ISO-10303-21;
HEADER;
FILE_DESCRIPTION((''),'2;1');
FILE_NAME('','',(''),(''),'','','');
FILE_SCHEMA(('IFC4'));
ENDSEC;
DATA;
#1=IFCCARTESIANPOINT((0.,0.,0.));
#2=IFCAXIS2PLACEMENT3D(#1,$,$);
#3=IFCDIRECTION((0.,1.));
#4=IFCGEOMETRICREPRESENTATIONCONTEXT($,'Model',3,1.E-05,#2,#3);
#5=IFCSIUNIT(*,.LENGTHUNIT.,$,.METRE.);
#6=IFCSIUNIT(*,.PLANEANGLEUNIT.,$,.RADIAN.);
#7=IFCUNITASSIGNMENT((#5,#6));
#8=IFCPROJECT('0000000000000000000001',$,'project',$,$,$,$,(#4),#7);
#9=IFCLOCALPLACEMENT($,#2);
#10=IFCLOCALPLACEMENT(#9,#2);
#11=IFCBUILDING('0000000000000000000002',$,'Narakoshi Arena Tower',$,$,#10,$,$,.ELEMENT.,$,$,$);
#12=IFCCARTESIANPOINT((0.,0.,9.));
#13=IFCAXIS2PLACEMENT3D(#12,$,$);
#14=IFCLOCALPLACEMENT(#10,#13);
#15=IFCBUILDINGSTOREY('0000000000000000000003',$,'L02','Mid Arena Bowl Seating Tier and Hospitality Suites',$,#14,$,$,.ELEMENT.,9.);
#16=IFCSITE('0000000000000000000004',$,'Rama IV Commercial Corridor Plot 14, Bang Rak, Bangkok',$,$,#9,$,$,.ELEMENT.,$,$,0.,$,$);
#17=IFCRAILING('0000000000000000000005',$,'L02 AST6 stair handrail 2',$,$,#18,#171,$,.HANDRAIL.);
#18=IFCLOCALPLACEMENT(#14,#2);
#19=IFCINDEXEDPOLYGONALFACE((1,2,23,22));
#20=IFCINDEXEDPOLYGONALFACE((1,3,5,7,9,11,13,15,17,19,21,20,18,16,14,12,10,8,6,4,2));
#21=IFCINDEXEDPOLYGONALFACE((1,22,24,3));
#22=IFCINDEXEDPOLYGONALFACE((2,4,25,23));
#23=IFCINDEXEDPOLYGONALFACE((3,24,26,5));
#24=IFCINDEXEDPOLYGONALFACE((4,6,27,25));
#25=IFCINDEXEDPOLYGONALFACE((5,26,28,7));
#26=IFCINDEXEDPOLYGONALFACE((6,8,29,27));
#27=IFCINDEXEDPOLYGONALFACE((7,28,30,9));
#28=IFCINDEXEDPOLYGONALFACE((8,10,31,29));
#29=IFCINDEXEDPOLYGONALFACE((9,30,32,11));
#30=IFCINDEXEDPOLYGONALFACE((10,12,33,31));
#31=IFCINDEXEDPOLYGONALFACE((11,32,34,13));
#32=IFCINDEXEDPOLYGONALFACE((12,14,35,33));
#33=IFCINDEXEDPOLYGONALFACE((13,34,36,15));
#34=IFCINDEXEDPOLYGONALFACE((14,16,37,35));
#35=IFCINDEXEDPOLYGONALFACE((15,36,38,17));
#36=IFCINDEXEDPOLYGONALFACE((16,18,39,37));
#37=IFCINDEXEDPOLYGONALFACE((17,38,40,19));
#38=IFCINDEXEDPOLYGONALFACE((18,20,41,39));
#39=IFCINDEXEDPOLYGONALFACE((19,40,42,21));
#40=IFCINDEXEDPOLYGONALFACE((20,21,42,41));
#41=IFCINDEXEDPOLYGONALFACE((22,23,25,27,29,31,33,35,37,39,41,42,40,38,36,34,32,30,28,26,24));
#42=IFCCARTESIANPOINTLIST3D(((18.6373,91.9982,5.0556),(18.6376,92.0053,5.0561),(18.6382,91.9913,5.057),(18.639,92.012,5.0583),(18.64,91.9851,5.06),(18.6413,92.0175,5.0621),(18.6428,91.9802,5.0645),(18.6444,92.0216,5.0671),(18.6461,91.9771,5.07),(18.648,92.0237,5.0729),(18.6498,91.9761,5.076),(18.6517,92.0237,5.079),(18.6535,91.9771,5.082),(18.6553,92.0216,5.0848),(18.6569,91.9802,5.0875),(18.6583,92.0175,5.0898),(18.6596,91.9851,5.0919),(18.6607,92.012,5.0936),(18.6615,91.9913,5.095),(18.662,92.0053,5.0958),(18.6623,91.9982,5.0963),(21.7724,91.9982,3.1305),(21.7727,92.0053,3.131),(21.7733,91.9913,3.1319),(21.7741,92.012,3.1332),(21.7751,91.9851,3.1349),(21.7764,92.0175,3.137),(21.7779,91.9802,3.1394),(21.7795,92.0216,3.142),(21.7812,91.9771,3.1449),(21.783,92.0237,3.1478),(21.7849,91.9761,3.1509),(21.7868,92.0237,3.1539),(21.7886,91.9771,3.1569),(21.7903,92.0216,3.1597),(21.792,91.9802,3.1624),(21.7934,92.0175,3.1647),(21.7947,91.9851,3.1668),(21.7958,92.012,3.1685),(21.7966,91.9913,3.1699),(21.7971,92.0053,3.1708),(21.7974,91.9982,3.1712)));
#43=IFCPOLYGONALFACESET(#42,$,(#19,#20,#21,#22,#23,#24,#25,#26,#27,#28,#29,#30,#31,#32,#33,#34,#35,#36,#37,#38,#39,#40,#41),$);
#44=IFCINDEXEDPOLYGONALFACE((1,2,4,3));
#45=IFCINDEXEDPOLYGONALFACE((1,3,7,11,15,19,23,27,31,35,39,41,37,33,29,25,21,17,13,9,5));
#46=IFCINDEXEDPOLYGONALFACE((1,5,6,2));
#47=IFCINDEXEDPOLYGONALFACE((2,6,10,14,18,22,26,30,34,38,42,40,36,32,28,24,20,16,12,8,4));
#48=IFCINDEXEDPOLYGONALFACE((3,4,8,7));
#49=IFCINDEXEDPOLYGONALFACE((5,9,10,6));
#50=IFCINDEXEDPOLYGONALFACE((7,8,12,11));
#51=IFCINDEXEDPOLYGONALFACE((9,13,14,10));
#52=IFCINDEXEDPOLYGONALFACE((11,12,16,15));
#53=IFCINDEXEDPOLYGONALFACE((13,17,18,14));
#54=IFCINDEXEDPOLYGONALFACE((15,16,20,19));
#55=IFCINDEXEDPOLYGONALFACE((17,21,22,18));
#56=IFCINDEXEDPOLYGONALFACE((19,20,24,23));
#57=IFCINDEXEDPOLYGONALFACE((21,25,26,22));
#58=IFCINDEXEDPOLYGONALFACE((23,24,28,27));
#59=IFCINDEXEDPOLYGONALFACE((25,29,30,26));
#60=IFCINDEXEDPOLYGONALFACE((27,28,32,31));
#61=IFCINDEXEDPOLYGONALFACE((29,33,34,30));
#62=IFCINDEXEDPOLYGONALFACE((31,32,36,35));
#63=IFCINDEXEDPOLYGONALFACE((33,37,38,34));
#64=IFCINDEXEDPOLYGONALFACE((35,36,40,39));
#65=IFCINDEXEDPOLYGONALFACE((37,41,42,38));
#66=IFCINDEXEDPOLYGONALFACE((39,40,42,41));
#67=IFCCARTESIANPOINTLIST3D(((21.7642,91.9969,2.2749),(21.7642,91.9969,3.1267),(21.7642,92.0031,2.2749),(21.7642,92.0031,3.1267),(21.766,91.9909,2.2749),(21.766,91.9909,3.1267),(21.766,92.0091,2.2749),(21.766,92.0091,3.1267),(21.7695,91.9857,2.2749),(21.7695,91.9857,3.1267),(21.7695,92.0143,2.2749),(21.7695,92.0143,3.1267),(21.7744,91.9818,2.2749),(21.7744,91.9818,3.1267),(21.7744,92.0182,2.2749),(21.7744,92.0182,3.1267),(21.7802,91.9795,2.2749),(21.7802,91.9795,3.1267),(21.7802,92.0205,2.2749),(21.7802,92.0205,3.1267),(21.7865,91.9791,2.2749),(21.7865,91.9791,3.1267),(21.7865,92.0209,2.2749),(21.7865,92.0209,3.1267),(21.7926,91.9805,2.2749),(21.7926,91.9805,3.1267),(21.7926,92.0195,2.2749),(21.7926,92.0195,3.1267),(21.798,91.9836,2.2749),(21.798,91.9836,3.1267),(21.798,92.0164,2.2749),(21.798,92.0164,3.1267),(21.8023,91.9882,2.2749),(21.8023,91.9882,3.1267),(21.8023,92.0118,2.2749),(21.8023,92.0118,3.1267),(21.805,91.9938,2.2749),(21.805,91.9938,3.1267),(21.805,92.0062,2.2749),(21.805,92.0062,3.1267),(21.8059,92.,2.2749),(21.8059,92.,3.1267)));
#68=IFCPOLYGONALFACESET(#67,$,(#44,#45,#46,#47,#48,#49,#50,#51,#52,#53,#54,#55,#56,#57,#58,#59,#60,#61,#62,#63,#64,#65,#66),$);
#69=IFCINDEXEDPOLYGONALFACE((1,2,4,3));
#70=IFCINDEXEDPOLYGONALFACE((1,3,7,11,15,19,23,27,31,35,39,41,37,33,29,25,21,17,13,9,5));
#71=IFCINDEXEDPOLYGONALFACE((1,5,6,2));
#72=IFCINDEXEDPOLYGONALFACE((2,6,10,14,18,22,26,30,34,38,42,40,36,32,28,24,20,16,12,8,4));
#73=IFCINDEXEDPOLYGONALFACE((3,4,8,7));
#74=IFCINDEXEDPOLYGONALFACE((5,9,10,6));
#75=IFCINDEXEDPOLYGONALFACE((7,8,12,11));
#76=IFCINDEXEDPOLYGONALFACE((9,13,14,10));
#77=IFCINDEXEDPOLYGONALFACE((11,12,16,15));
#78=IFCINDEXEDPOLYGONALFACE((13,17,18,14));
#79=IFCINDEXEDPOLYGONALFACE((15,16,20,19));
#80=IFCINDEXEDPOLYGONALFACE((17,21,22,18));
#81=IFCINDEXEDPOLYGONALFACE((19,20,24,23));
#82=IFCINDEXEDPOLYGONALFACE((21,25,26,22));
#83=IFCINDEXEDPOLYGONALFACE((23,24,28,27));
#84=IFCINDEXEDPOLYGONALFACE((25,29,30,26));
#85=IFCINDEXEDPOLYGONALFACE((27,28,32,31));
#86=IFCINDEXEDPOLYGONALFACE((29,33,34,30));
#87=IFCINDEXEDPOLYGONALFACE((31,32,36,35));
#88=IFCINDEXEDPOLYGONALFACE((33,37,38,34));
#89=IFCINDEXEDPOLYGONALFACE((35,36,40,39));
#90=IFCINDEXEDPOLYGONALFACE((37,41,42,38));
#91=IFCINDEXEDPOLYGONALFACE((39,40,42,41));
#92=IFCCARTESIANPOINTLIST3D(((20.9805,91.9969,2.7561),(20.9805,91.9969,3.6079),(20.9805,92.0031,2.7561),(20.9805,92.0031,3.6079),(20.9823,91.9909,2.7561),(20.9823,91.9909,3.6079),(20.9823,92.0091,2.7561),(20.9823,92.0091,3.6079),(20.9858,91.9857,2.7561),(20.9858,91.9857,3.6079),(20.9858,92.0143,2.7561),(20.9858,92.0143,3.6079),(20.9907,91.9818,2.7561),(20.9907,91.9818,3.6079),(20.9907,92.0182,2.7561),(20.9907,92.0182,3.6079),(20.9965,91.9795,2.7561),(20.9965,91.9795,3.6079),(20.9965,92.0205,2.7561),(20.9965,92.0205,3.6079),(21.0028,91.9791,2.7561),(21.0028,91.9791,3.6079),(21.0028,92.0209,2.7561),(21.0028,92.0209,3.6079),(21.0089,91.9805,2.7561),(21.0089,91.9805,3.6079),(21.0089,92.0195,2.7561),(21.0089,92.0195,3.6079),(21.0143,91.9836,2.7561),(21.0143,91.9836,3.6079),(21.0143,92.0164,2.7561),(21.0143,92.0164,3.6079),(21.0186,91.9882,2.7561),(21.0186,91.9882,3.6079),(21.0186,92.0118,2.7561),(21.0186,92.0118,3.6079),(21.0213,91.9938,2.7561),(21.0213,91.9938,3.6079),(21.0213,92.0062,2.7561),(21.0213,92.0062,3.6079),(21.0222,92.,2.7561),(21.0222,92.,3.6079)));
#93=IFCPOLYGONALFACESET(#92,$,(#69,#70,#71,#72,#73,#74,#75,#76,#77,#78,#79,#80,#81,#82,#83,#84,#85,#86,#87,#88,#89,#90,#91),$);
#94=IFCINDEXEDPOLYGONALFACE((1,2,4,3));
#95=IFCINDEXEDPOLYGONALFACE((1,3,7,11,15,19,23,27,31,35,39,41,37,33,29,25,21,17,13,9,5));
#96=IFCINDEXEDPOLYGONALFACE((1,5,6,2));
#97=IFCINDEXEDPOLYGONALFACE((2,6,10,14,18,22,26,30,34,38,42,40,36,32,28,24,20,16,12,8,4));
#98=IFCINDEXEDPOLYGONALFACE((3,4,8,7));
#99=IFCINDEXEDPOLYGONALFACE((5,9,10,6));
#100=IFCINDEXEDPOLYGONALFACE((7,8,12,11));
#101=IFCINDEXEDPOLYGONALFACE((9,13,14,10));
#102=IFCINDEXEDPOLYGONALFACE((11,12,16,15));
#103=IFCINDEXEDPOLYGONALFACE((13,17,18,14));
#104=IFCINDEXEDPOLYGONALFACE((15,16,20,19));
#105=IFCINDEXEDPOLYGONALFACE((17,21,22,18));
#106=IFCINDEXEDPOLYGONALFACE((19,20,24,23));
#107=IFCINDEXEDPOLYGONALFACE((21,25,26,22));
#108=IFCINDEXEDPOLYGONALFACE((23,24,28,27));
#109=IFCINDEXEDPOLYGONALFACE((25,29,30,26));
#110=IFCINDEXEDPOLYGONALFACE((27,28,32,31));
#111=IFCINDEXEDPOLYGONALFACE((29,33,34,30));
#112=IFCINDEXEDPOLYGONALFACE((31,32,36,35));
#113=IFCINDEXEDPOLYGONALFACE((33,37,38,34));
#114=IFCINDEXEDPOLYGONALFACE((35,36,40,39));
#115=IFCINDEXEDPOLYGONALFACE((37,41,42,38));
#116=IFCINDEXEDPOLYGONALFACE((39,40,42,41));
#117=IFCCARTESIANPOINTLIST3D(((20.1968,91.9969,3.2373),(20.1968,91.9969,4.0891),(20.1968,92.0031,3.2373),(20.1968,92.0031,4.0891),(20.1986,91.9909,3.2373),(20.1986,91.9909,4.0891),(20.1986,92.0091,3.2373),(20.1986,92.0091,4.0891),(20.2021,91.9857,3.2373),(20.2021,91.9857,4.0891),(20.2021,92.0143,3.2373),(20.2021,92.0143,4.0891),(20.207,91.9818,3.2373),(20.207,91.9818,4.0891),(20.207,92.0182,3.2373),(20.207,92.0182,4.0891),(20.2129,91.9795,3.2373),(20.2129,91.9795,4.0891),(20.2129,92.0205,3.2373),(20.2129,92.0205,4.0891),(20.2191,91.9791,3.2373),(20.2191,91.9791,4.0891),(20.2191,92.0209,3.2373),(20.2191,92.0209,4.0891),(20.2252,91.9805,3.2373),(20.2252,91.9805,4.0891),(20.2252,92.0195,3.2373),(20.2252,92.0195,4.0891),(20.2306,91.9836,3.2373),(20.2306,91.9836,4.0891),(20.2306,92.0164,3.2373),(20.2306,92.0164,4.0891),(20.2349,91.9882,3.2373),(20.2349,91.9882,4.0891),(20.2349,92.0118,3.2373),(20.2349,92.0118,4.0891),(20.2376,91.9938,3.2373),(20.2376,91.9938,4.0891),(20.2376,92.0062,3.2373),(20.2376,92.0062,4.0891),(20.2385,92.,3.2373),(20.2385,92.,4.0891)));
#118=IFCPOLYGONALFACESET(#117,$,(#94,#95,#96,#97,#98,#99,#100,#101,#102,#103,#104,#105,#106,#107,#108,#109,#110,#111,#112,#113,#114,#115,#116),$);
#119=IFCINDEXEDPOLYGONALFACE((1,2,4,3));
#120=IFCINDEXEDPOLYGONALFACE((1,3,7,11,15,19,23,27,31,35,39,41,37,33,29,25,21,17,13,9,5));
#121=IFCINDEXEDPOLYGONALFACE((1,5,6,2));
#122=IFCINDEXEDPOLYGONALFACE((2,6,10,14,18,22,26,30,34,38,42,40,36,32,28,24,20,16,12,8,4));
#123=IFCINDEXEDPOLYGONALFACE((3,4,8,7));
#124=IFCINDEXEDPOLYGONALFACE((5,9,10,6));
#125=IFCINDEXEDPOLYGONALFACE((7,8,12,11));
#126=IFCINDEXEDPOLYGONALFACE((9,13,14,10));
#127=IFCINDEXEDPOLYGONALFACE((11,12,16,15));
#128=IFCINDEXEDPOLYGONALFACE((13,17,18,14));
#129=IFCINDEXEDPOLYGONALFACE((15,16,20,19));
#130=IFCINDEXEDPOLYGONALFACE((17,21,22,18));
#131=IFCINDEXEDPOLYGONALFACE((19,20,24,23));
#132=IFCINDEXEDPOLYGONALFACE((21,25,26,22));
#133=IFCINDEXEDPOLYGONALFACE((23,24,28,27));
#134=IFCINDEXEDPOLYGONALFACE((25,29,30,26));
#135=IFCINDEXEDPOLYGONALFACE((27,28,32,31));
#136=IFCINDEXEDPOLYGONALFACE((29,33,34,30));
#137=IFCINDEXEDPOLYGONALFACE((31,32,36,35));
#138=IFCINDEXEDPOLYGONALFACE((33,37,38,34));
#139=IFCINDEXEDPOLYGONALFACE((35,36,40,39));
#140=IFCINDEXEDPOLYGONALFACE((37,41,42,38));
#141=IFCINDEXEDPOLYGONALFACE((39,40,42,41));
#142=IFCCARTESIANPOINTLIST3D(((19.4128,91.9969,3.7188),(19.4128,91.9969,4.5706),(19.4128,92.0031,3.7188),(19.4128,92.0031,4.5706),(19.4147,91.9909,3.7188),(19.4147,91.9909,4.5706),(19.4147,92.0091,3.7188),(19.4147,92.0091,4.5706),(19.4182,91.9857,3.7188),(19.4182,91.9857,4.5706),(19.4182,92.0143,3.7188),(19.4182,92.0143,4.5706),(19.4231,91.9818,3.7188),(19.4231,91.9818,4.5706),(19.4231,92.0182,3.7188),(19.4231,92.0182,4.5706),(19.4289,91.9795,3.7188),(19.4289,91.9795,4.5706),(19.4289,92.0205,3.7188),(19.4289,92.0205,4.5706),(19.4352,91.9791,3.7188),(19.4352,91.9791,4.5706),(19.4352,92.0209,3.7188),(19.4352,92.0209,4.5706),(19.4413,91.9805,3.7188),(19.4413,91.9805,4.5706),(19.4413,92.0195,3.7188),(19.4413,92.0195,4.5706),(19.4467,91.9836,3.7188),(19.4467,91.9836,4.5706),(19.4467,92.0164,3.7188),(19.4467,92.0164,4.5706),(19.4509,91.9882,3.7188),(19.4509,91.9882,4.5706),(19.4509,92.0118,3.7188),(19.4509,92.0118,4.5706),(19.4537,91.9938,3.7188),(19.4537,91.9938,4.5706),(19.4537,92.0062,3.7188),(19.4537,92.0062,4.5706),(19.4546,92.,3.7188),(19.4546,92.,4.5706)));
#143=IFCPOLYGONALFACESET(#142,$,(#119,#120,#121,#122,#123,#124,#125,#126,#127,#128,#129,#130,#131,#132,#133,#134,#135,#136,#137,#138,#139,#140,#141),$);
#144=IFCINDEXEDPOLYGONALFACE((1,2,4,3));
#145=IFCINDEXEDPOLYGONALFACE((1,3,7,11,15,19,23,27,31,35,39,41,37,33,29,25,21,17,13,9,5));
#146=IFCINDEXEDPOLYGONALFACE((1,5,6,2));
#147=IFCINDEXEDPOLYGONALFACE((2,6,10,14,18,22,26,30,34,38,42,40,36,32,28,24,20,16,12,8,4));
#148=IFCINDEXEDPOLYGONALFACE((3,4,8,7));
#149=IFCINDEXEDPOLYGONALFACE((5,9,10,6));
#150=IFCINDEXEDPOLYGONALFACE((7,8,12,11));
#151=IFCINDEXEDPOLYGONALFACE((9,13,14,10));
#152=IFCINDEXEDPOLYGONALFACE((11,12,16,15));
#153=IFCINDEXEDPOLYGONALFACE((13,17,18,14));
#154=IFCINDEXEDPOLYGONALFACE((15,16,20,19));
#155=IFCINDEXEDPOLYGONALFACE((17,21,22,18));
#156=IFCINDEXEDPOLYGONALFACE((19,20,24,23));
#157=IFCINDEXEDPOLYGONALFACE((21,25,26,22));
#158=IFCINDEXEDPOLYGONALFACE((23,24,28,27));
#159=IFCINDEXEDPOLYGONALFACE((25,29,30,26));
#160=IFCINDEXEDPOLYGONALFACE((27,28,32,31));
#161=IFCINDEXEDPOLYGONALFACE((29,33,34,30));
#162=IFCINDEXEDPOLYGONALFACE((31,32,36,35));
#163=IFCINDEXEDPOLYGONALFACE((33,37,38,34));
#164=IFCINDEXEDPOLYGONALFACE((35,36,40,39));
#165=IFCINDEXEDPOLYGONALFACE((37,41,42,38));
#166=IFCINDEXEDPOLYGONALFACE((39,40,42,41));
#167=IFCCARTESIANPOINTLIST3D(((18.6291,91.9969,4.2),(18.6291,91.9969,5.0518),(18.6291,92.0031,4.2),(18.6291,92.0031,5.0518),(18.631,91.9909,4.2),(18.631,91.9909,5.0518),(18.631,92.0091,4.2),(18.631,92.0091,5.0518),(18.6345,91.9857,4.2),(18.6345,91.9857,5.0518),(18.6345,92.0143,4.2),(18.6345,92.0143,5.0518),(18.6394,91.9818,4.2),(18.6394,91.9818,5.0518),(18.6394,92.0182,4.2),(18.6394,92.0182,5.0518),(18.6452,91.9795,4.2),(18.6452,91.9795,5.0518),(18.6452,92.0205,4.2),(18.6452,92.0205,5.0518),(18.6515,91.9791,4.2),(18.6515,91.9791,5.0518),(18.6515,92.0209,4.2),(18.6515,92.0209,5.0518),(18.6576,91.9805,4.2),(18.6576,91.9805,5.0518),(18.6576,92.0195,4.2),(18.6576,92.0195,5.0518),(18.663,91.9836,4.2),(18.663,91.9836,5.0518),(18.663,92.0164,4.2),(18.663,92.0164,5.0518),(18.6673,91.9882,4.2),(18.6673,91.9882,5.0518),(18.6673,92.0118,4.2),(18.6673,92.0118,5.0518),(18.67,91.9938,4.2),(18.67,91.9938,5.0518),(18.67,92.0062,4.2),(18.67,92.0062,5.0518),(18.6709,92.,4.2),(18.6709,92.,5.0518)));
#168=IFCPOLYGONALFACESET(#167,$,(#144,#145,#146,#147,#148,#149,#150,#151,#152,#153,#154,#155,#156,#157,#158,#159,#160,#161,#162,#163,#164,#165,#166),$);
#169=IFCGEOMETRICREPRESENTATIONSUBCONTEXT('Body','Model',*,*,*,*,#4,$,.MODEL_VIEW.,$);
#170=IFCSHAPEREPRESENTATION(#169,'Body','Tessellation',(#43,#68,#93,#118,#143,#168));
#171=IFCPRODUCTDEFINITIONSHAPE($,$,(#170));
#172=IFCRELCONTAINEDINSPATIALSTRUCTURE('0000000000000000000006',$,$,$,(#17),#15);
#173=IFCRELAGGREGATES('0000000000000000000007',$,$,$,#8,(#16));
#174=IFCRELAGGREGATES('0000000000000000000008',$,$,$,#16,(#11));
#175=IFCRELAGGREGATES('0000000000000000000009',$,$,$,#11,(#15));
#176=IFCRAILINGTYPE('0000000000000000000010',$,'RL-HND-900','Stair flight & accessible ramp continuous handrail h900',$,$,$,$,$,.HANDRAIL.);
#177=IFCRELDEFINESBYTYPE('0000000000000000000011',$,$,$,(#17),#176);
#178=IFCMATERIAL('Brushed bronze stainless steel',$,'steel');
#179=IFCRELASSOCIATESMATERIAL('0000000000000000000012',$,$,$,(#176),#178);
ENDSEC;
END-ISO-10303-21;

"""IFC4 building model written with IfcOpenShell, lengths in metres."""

from ifc_helpers import new_model, si_unit, direction, frame, origin, origin_2d, place, context, subcontext, project, spatial, circle, extrude, material, type_object, element, save


model = new_model("IFC4")

# Units and contexts
model_context = context("Model", 3, precision=1e-05, world=origin(), true_north=direction((0.0, 1.0)))
body_context = subcontext(model_context, "Body", "Model", "MODEL_VIEW")
ifc_project = project(units=[si_unit("LENGTHUNIT", "METRE"), si_unit("PLANEANGLEUNIT", "RADIAN")], contexts=[model_context])

# Site, building, storey
site_placement = place(None, origin())
site = spatial("IfcSite", under=ifc_project, at=site_placement, Name="Rama IV Commercial Corridor Plot 14, Bang Rak, Bangkok", CompositionType="ELEMENT", RefElevation=0.0)
building_placement = place(site_placement, origin())
building = spatial("IfcBuilding", under=site, at=building_placement, Name="Narakoshi Arena Tower", CompositionType="ELEMENT")
storey_placement = place(building_placement, frame((0.0, 0.0, 9.0)))
storey = spatial("IfcBuildingStorey", under=building, at=storey_placement, Name="L02", Description="Mid Arena Bowl Seating Tier and Hospitality Suites", CompositionType="ELEMENT", Elevation=9.0)

# Railing
ifc_material_1 = material(Name="Brushed bronze stainless steel", Category="steel")
railing_type_1 = type_object("IfcRailingType", Name="RL-HND-900", Description="Stair flight & accessible ramp continuous handrail h900", PredefinedType="HANDRAIL", material=ifc_material_1)
railing_1_placement = place(storey_placement, frame((21.7849, 92.0, 2.2749)))
element("IfcRailing", 1, at=railing_1_placement, inside=storey, type_object=railing_type_1, Name="L02 AST6 stair handrail 2", PredefinedType="HANDRAIL", context=body_context, shape_type="SweptSolid", body=[
    extrude(circle(Radius=0.0239, at=origin_2d()), frame((0.0, 0.0, 0.876), z_axis=(-0.852166, 0.0, 0.523271), x_axis=(0.0, -1.0, 0.0)), (0.0, 0.0, 1.0), 3.679),
    extrude(circle(Radius=0.021, at=origin_2d()), origin(), (0.0, 0.0, 1.0), 0.8518),
    extrude(circle(Radius=0.021, at=origin_2d()), frame((-0.7837, 0.0, 0.4812)), (0.0, 0.0, 1.0), 0.8518),
    extrude(circle(Radius=0.021, at=origin_2d()), frame((-1.5674, 0.0, 0.9624)), (0.0, 0.0, 1.0), 0.8518),
    extrude(circle(Radius=0.021, at=origin_2d()), frame((-2.3513, 0.0, 1.4438)), (0.0, 0.0, 1.0), 0.8518),
    extrude(circle(Radius=0.021, at=origin_2d()), frame((-3.135, 0.0, 1.925)), (0.0, 0.0, 1.0), 0.8518),
])

save(model, "model.ifc")
